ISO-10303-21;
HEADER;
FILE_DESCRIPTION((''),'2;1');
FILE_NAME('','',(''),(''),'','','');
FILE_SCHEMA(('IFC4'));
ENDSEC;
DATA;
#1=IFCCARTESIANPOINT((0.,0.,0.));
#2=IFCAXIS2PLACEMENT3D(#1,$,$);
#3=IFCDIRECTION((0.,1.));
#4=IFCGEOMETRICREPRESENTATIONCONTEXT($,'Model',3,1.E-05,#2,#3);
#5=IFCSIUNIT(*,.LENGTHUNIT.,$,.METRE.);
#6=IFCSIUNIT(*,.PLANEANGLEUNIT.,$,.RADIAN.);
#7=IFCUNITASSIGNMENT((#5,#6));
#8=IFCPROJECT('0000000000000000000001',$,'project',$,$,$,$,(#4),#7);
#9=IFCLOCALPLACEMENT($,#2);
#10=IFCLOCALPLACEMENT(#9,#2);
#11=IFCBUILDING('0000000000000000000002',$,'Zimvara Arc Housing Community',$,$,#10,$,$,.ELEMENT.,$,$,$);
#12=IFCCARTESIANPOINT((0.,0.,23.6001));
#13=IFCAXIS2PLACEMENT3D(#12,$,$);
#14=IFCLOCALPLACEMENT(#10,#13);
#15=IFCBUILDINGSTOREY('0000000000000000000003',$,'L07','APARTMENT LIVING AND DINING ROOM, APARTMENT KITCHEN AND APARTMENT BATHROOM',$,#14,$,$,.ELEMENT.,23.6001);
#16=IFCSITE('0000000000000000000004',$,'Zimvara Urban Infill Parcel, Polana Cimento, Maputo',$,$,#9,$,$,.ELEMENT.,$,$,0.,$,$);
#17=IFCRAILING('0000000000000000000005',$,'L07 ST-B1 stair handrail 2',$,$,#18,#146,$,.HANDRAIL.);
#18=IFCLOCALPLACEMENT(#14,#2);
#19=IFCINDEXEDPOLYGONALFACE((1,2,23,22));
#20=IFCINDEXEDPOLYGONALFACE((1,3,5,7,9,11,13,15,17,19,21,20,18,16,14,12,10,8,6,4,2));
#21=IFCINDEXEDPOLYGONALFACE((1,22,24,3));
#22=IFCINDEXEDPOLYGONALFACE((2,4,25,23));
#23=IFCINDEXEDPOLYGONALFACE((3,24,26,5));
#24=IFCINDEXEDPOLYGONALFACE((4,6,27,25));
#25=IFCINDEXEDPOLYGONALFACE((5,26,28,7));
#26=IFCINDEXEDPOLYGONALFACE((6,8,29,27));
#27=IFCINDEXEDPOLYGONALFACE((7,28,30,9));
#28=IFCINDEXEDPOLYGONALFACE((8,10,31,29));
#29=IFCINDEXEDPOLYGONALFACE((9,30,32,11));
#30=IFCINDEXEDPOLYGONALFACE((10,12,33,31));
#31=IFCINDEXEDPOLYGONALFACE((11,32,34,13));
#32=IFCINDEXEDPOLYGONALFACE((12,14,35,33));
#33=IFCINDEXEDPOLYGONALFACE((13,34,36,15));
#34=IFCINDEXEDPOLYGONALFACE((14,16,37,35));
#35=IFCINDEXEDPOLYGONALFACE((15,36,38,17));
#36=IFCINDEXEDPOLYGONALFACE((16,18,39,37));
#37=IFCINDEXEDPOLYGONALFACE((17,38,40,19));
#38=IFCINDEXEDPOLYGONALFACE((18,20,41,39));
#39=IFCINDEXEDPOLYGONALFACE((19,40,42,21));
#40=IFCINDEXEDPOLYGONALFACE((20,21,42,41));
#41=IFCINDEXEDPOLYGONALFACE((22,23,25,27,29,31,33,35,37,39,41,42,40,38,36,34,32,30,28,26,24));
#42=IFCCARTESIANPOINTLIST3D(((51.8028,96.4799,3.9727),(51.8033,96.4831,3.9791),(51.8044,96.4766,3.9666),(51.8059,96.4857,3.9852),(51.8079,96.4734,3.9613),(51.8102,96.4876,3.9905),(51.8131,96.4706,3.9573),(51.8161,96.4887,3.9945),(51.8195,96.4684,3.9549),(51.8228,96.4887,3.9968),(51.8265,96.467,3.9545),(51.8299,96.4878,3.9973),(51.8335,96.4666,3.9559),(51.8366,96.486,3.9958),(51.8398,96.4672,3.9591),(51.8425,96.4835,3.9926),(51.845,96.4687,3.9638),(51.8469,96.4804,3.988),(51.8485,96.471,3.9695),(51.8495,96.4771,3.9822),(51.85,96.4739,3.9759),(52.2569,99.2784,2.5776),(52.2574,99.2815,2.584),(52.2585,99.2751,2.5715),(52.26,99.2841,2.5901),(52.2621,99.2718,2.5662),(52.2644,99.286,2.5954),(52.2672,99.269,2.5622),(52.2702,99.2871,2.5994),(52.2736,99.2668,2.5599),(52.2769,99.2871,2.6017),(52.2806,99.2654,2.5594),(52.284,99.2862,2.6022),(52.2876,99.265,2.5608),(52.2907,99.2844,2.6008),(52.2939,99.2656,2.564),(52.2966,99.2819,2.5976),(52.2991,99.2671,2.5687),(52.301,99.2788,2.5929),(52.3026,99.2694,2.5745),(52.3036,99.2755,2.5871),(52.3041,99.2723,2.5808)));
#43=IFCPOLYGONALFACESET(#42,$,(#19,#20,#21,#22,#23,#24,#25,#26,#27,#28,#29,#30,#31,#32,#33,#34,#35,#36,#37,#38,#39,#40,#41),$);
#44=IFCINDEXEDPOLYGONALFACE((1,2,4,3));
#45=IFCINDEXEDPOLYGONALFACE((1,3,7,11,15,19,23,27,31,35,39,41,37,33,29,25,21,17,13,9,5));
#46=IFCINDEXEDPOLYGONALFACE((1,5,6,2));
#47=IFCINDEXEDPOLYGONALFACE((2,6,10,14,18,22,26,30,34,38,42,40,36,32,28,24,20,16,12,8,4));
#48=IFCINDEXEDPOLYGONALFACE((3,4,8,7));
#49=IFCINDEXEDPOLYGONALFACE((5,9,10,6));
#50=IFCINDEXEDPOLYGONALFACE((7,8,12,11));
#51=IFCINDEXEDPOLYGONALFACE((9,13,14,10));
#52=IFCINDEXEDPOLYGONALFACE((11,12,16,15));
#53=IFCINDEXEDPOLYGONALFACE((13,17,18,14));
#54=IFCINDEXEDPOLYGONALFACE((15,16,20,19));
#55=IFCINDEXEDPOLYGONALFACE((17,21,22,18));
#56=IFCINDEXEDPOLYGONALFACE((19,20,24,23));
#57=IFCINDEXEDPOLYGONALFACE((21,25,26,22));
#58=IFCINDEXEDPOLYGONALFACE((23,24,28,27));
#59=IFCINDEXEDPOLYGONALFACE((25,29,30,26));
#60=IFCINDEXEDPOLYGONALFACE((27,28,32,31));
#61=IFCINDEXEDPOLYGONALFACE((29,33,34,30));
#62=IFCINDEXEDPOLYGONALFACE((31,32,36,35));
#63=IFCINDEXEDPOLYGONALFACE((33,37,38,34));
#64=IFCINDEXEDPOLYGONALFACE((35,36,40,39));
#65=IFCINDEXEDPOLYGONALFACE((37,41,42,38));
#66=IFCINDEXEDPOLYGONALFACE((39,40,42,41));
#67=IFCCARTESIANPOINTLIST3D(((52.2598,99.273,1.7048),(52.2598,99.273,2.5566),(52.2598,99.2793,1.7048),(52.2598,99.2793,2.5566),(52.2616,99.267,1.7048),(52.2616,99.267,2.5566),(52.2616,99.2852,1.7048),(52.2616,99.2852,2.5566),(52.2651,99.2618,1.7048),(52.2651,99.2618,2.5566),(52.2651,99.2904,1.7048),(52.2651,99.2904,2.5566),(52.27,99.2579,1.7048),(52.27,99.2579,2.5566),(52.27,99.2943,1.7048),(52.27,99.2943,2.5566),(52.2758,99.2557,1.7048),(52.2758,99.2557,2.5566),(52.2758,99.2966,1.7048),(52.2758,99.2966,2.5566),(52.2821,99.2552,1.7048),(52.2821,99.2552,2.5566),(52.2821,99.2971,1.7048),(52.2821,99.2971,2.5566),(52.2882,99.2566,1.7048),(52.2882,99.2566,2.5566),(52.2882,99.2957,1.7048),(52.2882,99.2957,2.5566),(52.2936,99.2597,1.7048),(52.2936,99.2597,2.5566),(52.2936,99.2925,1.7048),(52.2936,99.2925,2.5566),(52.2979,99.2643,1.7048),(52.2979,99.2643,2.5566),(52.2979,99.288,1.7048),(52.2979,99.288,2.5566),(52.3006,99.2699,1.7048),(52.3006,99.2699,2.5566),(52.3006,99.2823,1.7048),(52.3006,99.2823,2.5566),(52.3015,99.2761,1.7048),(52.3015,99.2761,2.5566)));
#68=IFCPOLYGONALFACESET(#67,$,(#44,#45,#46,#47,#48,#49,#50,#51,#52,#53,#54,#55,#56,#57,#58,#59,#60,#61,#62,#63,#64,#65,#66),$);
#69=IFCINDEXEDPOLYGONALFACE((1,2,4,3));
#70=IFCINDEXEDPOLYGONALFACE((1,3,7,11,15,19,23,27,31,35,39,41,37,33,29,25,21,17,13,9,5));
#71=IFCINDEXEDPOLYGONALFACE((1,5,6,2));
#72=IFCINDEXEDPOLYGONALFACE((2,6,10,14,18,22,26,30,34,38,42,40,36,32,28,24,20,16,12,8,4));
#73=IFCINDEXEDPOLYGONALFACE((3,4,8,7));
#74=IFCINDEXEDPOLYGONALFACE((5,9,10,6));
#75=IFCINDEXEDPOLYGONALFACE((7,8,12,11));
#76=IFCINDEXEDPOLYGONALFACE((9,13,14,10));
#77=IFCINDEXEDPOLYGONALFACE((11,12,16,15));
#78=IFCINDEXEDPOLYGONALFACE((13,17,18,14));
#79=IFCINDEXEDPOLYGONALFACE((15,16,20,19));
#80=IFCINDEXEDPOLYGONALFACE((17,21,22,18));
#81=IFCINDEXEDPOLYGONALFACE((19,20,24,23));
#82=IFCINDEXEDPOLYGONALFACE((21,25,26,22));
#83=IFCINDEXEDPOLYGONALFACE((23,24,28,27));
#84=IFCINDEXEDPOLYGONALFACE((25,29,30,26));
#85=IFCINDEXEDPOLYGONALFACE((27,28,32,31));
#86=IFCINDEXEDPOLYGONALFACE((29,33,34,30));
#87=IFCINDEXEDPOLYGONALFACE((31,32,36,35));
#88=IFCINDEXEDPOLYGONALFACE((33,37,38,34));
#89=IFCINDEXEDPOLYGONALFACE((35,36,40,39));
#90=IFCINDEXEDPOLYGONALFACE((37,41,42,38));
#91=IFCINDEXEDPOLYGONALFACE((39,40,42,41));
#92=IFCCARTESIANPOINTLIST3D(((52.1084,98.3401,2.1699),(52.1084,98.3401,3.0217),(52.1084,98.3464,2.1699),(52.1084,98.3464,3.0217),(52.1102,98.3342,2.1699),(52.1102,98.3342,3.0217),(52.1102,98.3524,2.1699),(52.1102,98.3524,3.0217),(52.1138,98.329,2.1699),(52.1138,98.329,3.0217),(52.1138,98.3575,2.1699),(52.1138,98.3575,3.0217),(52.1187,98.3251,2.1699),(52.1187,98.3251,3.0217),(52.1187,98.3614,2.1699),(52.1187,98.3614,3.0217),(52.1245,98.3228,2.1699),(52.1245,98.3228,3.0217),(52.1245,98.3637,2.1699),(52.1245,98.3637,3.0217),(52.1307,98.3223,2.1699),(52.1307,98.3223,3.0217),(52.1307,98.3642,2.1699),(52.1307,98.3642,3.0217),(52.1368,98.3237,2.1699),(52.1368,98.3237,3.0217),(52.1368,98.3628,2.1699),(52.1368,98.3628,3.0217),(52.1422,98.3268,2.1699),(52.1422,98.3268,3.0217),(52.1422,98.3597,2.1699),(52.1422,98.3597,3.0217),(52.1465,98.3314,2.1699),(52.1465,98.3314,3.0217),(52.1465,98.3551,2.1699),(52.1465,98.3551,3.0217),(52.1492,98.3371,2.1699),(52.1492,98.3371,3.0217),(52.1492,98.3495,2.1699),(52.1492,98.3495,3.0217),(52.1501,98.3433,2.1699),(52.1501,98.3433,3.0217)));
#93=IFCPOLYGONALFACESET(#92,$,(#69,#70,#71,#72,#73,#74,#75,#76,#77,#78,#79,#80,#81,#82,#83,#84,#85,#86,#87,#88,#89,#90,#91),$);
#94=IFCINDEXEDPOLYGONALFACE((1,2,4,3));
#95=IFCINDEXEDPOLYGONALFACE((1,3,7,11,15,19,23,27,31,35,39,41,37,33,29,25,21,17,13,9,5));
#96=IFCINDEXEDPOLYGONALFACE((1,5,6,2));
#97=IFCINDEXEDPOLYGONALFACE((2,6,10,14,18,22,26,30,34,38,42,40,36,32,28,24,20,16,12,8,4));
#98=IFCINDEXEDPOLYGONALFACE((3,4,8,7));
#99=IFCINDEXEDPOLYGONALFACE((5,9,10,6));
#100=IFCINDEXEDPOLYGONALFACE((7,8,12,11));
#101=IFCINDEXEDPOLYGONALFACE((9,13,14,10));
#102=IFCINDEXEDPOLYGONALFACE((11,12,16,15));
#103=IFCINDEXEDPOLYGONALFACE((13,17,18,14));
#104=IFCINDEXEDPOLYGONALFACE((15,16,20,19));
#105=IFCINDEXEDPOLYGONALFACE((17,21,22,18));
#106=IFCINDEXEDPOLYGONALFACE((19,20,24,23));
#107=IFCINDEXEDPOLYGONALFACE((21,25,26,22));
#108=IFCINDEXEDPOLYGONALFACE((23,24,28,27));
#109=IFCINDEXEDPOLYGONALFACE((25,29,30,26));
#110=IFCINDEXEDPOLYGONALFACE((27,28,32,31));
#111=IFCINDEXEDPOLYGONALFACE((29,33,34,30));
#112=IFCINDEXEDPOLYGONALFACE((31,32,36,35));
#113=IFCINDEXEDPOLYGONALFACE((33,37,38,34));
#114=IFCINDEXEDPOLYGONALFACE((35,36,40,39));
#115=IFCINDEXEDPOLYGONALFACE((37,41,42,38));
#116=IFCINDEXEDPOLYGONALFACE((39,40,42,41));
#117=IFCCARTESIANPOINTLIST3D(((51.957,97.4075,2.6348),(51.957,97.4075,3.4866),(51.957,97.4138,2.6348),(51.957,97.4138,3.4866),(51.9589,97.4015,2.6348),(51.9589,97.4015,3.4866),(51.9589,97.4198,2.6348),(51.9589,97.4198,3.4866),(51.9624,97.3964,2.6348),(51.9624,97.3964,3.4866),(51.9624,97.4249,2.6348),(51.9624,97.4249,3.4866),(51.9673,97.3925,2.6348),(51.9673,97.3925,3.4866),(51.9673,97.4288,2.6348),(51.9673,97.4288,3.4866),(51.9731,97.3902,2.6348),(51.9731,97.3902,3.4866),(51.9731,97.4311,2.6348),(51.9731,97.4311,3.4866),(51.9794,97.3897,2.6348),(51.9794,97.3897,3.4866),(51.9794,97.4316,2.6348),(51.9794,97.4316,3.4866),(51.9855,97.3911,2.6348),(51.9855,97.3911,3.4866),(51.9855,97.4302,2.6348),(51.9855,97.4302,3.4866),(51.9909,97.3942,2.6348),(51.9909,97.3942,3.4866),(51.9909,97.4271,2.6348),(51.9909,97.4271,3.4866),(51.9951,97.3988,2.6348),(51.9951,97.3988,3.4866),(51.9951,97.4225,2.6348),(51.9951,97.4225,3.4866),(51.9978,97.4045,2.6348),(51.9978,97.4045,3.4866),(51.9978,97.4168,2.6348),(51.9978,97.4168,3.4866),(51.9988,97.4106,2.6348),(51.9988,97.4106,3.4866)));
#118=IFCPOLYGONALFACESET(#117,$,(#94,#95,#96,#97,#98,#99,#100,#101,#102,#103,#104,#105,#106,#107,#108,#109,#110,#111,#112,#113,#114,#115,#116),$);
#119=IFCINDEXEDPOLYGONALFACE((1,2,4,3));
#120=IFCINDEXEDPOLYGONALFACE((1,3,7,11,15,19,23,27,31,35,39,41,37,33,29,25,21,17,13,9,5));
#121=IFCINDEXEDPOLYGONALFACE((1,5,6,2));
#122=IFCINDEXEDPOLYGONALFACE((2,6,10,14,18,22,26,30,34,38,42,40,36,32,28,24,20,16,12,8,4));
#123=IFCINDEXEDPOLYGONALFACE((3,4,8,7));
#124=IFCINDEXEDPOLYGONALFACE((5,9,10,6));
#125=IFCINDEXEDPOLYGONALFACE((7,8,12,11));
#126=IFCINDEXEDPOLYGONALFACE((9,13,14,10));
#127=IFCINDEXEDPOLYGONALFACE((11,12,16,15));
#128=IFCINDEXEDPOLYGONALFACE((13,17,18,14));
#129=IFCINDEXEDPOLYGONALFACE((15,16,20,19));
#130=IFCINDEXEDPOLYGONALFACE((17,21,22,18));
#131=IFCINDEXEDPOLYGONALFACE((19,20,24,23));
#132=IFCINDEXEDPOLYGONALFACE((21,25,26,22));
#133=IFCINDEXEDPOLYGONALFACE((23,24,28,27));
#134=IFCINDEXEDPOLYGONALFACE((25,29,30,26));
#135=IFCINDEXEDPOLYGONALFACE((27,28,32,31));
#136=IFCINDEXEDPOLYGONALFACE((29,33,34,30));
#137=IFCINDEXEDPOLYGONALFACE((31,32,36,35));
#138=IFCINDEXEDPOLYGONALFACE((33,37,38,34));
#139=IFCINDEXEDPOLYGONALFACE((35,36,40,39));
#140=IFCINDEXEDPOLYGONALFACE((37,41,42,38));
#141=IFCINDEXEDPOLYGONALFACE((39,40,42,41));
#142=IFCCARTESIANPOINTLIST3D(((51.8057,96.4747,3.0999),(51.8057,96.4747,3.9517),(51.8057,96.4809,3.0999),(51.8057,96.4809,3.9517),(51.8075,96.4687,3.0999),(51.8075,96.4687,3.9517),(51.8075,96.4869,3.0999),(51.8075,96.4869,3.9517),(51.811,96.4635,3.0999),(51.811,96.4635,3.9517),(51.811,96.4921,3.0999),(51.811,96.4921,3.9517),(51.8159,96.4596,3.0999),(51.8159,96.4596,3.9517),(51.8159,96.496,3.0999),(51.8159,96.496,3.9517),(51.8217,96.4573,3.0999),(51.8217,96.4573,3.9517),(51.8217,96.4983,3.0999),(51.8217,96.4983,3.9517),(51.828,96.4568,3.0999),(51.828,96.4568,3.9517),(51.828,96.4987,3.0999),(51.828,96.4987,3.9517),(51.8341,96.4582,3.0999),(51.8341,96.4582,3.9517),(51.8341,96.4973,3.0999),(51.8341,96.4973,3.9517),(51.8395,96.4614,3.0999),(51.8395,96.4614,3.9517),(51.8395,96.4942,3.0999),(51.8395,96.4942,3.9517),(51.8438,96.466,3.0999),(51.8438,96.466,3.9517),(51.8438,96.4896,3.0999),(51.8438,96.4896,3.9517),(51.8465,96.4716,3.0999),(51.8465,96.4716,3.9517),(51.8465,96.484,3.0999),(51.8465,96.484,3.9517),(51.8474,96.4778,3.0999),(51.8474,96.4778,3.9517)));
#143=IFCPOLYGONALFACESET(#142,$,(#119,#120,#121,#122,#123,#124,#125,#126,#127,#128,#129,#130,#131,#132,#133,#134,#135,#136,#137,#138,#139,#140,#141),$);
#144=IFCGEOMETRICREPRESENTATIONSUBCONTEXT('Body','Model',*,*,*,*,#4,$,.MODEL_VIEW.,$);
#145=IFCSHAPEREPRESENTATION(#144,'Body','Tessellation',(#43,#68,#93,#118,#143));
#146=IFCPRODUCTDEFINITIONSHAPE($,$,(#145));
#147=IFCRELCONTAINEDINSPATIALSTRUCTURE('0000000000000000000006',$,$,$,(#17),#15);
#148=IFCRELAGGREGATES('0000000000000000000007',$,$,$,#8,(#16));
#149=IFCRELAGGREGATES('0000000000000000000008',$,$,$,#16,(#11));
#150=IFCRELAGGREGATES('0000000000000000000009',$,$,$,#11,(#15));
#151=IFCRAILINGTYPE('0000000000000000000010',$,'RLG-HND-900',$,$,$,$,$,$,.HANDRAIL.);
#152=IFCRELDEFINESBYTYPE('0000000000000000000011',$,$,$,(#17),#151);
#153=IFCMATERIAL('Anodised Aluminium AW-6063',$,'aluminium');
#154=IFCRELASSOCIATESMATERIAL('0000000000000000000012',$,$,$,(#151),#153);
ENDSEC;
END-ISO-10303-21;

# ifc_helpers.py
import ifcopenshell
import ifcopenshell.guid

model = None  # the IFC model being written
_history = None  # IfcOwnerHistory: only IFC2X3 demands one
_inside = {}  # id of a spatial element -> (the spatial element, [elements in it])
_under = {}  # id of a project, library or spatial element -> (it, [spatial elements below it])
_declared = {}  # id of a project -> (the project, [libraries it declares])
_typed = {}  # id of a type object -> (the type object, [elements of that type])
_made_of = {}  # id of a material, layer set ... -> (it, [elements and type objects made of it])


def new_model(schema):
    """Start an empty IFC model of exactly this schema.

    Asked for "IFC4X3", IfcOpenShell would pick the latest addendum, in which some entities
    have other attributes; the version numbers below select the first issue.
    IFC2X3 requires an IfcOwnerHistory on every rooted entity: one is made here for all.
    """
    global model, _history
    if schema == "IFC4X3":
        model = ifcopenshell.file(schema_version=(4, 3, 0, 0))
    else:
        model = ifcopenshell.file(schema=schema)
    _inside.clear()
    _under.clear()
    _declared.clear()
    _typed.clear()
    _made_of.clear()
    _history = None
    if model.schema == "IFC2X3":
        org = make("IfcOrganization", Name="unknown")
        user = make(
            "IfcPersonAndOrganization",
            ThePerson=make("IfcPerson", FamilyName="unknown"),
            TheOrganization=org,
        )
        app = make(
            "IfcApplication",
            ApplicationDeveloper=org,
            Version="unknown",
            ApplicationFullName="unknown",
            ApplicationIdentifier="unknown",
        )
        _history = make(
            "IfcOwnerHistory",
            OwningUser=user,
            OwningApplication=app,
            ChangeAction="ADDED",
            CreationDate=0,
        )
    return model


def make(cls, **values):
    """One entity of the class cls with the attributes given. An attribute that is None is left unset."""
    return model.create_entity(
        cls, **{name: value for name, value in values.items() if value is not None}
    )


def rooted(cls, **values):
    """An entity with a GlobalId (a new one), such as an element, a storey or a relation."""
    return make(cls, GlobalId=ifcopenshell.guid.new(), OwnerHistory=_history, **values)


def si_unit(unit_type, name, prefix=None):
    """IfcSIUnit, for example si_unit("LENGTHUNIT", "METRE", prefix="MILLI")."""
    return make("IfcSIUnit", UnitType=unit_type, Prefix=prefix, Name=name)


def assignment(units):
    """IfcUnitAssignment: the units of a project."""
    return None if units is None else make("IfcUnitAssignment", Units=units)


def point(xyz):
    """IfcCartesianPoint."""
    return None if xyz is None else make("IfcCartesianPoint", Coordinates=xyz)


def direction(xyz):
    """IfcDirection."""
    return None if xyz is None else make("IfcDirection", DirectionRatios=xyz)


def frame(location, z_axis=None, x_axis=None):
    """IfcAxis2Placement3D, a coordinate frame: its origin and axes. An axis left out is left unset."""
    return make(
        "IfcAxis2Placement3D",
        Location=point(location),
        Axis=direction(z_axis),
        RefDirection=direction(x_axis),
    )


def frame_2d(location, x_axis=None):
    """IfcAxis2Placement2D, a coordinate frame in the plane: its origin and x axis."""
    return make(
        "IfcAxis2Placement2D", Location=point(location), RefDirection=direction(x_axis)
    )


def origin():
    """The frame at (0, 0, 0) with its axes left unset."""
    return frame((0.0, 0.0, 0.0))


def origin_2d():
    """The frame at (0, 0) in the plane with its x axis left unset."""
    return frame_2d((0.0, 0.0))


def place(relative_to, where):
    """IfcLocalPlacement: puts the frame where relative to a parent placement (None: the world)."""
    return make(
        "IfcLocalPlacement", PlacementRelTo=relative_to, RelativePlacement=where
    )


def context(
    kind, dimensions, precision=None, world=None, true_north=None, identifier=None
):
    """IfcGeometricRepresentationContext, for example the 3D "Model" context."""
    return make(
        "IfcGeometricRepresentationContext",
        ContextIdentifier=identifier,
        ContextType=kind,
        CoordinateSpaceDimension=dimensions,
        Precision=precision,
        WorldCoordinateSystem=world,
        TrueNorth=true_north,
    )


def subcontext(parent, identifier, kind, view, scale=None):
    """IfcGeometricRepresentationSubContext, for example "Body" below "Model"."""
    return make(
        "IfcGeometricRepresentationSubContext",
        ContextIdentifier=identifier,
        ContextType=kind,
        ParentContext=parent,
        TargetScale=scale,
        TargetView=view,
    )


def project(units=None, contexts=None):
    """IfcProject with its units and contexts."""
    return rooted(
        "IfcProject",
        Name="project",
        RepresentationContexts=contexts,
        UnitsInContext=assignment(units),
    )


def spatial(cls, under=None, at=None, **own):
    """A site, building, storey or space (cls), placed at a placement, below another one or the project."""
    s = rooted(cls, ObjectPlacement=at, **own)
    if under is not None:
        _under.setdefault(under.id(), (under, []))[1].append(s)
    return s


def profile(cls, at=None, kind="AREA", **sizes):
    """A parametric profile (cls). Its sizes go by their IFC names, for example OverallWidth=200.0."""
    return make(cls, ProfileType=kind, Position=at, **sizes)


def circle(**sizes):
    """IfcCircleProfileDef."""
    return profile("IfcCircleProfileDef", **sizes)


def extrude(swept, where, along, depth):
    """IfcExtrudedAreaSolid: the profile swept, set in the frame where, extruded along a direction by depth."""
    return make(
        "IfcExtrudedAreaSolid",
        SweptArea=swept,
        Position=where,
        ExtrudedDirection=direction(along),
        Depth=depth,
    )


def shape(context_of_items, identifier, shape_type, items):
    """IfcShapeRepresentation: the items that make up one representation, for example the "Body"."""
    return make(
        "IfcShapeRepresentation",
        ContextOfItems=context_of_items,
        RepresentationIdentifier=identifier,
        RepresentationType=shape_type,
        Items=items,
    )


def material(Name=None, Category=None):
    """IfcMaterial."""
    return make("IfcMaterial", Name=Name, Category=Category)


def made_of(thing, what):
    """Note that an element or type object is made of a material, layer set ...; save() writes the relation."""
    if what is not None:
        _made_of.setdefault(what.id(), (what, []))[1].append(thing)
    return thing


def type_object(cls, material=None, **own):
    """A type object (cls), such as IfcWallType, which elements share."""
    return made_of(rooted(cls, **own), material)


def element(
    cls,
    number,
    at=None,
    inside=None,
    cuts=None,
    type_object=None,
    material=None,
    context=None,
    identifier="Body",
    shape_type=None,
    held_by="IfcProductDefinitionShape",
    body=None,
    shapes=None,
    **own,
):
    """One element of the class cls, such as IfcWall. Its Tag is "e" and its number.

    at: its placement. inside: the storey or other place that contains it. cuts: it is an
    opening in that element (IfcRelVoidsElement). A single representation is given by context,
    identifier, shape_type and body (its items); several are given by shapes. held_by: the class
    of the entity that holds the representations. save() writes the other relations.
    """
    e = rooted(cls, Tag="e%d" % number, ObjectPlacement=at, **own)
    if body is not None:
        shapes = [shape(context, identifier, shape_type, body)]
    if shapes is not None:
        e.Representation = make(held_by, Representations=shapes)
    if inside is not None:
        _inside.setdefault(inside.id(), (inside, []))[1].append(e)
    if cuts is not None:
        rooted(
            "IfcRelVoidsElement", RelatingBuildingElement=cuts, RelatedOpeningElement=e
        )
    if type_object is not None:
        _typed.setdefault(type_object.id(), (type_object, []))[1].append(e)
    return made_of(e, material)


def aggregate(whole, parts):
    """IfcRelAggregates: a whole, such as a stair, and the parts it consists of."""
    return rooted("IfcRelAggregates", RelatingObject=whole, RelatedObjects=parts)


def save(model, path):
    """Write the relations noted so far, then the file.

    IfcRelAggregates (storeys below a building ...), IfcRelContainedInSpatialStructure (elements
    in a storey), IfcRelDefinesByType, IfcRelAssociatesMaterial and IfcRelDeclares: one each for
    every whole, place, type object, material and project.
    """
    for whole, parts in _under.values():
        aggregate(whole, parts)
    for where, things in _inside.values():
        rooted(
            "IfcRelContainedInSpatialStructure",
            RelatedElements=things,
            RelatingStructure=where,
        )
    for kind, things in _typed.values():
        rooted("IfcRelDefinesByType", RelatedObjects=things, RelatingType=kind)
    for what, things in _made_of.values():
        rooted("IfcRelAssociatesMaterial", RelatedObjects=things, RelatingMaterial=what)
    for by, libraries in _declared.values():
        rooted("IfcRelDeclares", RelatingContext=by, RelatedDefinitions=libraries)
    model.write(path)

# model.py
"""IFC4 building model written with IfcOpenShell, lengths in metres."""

from ifc_helpers import new_model, si_unit, direction, frame, origin, origin_2d, place, context, subcontext, project, spatial, circle, extrude, material, type_object, element, save


model = new_model("IFC4")

# Units and contexts
model_context = context("Model", 3, precision=1e-05, world=origin(), true_north=direction((0.0, 1.0)))
body_context = subcontext(model_context, "Body", "Model", "MODEL_VIEW")
ifc_project = project(units=[si_unit("LENGTHUNIT", "METRE"), si_unit("PLANEANGLEUNIT", "RADIAN")], contexts=[model_context])

# Site, building, storey
site_placement = place(None, origin())
site = spatial("IfcSite", under=ifc_project, at=site_placement, Name="Zimvara Urban Infill Parcel, Polana Cimento, Maputo", CompositionType="ELEMENT", RefElevation=0.0)
building_placement = place(site_placement, origin())
building = spatial("IfcBuilding", under=site, at=building_placement, Name="Zimvara Arc Housing Community", CompositionType="ELEMENT")
storey_placement = place(building_placement, frame((0.0, 0.0, 23.6001)))
storey = spatial("IfcBuildingStorey", under=building, at=storey_placement, Name="L07", Description="APARTMENT LIVING AND DINING ROOM, APARTMENT KITCHEN AND APARTMENT BATHROOM", CompositionType="ELEMENT", Elevation=23.6001)

# Railing
ifc_material_1 = material(Name="Anodised Aluminium AW-6063", Category="aluminium")
railing_type_1 = type_object("IfcRailingType", Name="RLG-HND-900", PredefinedType="HANDRAIL", material=ifc_material_1)
railing_1_placement = place(storey_placement, frame((52.2805, 99.2761, 1.7048)))
element("IfcRailing", 1, at=railing_1_placement, inside=storey, type_object=railing_type_1, Name="L07 ST-B1 stair handrail 2", PredefinedType="HANDRAIL", context=body_context, shape_type="SweptSolid", body=[
    extrude(circle(Radius=0.0239, at=origin_2d()), frame((0.0, 0.0, 0.876), z_axis=(-0.143722, -0.885666, 0.44152), x_axis=(0.987088, -0.16018, 0.0)), (0.0, 0.0, 1.0), 3.1597),
    extrude(circle(Radius=0.021, at=origin_2d()), origin(), (0.0, 0.0, 1.0), 0.8518),
    extrude(circle(Radius=0.021, at=origin_2d()), frame((-0.1514, -0.9329, 0.4651)), (0.0, 0.0, 1.0), 0.8518),
    extrude(circle(Radius=0.021, at=origin_2d()), frame((-0.3027, -1.8655, 0.9299)), (0.0, 0.0, 1.0), 0.8518),
    extrude(circle(Radius=0.021, at=origin_2d()), frame((-0.4541, -2.7983, 1.395)), (0.0, 0.0, 1.0), 0.8518),
])

save(model, "model.ifc")
